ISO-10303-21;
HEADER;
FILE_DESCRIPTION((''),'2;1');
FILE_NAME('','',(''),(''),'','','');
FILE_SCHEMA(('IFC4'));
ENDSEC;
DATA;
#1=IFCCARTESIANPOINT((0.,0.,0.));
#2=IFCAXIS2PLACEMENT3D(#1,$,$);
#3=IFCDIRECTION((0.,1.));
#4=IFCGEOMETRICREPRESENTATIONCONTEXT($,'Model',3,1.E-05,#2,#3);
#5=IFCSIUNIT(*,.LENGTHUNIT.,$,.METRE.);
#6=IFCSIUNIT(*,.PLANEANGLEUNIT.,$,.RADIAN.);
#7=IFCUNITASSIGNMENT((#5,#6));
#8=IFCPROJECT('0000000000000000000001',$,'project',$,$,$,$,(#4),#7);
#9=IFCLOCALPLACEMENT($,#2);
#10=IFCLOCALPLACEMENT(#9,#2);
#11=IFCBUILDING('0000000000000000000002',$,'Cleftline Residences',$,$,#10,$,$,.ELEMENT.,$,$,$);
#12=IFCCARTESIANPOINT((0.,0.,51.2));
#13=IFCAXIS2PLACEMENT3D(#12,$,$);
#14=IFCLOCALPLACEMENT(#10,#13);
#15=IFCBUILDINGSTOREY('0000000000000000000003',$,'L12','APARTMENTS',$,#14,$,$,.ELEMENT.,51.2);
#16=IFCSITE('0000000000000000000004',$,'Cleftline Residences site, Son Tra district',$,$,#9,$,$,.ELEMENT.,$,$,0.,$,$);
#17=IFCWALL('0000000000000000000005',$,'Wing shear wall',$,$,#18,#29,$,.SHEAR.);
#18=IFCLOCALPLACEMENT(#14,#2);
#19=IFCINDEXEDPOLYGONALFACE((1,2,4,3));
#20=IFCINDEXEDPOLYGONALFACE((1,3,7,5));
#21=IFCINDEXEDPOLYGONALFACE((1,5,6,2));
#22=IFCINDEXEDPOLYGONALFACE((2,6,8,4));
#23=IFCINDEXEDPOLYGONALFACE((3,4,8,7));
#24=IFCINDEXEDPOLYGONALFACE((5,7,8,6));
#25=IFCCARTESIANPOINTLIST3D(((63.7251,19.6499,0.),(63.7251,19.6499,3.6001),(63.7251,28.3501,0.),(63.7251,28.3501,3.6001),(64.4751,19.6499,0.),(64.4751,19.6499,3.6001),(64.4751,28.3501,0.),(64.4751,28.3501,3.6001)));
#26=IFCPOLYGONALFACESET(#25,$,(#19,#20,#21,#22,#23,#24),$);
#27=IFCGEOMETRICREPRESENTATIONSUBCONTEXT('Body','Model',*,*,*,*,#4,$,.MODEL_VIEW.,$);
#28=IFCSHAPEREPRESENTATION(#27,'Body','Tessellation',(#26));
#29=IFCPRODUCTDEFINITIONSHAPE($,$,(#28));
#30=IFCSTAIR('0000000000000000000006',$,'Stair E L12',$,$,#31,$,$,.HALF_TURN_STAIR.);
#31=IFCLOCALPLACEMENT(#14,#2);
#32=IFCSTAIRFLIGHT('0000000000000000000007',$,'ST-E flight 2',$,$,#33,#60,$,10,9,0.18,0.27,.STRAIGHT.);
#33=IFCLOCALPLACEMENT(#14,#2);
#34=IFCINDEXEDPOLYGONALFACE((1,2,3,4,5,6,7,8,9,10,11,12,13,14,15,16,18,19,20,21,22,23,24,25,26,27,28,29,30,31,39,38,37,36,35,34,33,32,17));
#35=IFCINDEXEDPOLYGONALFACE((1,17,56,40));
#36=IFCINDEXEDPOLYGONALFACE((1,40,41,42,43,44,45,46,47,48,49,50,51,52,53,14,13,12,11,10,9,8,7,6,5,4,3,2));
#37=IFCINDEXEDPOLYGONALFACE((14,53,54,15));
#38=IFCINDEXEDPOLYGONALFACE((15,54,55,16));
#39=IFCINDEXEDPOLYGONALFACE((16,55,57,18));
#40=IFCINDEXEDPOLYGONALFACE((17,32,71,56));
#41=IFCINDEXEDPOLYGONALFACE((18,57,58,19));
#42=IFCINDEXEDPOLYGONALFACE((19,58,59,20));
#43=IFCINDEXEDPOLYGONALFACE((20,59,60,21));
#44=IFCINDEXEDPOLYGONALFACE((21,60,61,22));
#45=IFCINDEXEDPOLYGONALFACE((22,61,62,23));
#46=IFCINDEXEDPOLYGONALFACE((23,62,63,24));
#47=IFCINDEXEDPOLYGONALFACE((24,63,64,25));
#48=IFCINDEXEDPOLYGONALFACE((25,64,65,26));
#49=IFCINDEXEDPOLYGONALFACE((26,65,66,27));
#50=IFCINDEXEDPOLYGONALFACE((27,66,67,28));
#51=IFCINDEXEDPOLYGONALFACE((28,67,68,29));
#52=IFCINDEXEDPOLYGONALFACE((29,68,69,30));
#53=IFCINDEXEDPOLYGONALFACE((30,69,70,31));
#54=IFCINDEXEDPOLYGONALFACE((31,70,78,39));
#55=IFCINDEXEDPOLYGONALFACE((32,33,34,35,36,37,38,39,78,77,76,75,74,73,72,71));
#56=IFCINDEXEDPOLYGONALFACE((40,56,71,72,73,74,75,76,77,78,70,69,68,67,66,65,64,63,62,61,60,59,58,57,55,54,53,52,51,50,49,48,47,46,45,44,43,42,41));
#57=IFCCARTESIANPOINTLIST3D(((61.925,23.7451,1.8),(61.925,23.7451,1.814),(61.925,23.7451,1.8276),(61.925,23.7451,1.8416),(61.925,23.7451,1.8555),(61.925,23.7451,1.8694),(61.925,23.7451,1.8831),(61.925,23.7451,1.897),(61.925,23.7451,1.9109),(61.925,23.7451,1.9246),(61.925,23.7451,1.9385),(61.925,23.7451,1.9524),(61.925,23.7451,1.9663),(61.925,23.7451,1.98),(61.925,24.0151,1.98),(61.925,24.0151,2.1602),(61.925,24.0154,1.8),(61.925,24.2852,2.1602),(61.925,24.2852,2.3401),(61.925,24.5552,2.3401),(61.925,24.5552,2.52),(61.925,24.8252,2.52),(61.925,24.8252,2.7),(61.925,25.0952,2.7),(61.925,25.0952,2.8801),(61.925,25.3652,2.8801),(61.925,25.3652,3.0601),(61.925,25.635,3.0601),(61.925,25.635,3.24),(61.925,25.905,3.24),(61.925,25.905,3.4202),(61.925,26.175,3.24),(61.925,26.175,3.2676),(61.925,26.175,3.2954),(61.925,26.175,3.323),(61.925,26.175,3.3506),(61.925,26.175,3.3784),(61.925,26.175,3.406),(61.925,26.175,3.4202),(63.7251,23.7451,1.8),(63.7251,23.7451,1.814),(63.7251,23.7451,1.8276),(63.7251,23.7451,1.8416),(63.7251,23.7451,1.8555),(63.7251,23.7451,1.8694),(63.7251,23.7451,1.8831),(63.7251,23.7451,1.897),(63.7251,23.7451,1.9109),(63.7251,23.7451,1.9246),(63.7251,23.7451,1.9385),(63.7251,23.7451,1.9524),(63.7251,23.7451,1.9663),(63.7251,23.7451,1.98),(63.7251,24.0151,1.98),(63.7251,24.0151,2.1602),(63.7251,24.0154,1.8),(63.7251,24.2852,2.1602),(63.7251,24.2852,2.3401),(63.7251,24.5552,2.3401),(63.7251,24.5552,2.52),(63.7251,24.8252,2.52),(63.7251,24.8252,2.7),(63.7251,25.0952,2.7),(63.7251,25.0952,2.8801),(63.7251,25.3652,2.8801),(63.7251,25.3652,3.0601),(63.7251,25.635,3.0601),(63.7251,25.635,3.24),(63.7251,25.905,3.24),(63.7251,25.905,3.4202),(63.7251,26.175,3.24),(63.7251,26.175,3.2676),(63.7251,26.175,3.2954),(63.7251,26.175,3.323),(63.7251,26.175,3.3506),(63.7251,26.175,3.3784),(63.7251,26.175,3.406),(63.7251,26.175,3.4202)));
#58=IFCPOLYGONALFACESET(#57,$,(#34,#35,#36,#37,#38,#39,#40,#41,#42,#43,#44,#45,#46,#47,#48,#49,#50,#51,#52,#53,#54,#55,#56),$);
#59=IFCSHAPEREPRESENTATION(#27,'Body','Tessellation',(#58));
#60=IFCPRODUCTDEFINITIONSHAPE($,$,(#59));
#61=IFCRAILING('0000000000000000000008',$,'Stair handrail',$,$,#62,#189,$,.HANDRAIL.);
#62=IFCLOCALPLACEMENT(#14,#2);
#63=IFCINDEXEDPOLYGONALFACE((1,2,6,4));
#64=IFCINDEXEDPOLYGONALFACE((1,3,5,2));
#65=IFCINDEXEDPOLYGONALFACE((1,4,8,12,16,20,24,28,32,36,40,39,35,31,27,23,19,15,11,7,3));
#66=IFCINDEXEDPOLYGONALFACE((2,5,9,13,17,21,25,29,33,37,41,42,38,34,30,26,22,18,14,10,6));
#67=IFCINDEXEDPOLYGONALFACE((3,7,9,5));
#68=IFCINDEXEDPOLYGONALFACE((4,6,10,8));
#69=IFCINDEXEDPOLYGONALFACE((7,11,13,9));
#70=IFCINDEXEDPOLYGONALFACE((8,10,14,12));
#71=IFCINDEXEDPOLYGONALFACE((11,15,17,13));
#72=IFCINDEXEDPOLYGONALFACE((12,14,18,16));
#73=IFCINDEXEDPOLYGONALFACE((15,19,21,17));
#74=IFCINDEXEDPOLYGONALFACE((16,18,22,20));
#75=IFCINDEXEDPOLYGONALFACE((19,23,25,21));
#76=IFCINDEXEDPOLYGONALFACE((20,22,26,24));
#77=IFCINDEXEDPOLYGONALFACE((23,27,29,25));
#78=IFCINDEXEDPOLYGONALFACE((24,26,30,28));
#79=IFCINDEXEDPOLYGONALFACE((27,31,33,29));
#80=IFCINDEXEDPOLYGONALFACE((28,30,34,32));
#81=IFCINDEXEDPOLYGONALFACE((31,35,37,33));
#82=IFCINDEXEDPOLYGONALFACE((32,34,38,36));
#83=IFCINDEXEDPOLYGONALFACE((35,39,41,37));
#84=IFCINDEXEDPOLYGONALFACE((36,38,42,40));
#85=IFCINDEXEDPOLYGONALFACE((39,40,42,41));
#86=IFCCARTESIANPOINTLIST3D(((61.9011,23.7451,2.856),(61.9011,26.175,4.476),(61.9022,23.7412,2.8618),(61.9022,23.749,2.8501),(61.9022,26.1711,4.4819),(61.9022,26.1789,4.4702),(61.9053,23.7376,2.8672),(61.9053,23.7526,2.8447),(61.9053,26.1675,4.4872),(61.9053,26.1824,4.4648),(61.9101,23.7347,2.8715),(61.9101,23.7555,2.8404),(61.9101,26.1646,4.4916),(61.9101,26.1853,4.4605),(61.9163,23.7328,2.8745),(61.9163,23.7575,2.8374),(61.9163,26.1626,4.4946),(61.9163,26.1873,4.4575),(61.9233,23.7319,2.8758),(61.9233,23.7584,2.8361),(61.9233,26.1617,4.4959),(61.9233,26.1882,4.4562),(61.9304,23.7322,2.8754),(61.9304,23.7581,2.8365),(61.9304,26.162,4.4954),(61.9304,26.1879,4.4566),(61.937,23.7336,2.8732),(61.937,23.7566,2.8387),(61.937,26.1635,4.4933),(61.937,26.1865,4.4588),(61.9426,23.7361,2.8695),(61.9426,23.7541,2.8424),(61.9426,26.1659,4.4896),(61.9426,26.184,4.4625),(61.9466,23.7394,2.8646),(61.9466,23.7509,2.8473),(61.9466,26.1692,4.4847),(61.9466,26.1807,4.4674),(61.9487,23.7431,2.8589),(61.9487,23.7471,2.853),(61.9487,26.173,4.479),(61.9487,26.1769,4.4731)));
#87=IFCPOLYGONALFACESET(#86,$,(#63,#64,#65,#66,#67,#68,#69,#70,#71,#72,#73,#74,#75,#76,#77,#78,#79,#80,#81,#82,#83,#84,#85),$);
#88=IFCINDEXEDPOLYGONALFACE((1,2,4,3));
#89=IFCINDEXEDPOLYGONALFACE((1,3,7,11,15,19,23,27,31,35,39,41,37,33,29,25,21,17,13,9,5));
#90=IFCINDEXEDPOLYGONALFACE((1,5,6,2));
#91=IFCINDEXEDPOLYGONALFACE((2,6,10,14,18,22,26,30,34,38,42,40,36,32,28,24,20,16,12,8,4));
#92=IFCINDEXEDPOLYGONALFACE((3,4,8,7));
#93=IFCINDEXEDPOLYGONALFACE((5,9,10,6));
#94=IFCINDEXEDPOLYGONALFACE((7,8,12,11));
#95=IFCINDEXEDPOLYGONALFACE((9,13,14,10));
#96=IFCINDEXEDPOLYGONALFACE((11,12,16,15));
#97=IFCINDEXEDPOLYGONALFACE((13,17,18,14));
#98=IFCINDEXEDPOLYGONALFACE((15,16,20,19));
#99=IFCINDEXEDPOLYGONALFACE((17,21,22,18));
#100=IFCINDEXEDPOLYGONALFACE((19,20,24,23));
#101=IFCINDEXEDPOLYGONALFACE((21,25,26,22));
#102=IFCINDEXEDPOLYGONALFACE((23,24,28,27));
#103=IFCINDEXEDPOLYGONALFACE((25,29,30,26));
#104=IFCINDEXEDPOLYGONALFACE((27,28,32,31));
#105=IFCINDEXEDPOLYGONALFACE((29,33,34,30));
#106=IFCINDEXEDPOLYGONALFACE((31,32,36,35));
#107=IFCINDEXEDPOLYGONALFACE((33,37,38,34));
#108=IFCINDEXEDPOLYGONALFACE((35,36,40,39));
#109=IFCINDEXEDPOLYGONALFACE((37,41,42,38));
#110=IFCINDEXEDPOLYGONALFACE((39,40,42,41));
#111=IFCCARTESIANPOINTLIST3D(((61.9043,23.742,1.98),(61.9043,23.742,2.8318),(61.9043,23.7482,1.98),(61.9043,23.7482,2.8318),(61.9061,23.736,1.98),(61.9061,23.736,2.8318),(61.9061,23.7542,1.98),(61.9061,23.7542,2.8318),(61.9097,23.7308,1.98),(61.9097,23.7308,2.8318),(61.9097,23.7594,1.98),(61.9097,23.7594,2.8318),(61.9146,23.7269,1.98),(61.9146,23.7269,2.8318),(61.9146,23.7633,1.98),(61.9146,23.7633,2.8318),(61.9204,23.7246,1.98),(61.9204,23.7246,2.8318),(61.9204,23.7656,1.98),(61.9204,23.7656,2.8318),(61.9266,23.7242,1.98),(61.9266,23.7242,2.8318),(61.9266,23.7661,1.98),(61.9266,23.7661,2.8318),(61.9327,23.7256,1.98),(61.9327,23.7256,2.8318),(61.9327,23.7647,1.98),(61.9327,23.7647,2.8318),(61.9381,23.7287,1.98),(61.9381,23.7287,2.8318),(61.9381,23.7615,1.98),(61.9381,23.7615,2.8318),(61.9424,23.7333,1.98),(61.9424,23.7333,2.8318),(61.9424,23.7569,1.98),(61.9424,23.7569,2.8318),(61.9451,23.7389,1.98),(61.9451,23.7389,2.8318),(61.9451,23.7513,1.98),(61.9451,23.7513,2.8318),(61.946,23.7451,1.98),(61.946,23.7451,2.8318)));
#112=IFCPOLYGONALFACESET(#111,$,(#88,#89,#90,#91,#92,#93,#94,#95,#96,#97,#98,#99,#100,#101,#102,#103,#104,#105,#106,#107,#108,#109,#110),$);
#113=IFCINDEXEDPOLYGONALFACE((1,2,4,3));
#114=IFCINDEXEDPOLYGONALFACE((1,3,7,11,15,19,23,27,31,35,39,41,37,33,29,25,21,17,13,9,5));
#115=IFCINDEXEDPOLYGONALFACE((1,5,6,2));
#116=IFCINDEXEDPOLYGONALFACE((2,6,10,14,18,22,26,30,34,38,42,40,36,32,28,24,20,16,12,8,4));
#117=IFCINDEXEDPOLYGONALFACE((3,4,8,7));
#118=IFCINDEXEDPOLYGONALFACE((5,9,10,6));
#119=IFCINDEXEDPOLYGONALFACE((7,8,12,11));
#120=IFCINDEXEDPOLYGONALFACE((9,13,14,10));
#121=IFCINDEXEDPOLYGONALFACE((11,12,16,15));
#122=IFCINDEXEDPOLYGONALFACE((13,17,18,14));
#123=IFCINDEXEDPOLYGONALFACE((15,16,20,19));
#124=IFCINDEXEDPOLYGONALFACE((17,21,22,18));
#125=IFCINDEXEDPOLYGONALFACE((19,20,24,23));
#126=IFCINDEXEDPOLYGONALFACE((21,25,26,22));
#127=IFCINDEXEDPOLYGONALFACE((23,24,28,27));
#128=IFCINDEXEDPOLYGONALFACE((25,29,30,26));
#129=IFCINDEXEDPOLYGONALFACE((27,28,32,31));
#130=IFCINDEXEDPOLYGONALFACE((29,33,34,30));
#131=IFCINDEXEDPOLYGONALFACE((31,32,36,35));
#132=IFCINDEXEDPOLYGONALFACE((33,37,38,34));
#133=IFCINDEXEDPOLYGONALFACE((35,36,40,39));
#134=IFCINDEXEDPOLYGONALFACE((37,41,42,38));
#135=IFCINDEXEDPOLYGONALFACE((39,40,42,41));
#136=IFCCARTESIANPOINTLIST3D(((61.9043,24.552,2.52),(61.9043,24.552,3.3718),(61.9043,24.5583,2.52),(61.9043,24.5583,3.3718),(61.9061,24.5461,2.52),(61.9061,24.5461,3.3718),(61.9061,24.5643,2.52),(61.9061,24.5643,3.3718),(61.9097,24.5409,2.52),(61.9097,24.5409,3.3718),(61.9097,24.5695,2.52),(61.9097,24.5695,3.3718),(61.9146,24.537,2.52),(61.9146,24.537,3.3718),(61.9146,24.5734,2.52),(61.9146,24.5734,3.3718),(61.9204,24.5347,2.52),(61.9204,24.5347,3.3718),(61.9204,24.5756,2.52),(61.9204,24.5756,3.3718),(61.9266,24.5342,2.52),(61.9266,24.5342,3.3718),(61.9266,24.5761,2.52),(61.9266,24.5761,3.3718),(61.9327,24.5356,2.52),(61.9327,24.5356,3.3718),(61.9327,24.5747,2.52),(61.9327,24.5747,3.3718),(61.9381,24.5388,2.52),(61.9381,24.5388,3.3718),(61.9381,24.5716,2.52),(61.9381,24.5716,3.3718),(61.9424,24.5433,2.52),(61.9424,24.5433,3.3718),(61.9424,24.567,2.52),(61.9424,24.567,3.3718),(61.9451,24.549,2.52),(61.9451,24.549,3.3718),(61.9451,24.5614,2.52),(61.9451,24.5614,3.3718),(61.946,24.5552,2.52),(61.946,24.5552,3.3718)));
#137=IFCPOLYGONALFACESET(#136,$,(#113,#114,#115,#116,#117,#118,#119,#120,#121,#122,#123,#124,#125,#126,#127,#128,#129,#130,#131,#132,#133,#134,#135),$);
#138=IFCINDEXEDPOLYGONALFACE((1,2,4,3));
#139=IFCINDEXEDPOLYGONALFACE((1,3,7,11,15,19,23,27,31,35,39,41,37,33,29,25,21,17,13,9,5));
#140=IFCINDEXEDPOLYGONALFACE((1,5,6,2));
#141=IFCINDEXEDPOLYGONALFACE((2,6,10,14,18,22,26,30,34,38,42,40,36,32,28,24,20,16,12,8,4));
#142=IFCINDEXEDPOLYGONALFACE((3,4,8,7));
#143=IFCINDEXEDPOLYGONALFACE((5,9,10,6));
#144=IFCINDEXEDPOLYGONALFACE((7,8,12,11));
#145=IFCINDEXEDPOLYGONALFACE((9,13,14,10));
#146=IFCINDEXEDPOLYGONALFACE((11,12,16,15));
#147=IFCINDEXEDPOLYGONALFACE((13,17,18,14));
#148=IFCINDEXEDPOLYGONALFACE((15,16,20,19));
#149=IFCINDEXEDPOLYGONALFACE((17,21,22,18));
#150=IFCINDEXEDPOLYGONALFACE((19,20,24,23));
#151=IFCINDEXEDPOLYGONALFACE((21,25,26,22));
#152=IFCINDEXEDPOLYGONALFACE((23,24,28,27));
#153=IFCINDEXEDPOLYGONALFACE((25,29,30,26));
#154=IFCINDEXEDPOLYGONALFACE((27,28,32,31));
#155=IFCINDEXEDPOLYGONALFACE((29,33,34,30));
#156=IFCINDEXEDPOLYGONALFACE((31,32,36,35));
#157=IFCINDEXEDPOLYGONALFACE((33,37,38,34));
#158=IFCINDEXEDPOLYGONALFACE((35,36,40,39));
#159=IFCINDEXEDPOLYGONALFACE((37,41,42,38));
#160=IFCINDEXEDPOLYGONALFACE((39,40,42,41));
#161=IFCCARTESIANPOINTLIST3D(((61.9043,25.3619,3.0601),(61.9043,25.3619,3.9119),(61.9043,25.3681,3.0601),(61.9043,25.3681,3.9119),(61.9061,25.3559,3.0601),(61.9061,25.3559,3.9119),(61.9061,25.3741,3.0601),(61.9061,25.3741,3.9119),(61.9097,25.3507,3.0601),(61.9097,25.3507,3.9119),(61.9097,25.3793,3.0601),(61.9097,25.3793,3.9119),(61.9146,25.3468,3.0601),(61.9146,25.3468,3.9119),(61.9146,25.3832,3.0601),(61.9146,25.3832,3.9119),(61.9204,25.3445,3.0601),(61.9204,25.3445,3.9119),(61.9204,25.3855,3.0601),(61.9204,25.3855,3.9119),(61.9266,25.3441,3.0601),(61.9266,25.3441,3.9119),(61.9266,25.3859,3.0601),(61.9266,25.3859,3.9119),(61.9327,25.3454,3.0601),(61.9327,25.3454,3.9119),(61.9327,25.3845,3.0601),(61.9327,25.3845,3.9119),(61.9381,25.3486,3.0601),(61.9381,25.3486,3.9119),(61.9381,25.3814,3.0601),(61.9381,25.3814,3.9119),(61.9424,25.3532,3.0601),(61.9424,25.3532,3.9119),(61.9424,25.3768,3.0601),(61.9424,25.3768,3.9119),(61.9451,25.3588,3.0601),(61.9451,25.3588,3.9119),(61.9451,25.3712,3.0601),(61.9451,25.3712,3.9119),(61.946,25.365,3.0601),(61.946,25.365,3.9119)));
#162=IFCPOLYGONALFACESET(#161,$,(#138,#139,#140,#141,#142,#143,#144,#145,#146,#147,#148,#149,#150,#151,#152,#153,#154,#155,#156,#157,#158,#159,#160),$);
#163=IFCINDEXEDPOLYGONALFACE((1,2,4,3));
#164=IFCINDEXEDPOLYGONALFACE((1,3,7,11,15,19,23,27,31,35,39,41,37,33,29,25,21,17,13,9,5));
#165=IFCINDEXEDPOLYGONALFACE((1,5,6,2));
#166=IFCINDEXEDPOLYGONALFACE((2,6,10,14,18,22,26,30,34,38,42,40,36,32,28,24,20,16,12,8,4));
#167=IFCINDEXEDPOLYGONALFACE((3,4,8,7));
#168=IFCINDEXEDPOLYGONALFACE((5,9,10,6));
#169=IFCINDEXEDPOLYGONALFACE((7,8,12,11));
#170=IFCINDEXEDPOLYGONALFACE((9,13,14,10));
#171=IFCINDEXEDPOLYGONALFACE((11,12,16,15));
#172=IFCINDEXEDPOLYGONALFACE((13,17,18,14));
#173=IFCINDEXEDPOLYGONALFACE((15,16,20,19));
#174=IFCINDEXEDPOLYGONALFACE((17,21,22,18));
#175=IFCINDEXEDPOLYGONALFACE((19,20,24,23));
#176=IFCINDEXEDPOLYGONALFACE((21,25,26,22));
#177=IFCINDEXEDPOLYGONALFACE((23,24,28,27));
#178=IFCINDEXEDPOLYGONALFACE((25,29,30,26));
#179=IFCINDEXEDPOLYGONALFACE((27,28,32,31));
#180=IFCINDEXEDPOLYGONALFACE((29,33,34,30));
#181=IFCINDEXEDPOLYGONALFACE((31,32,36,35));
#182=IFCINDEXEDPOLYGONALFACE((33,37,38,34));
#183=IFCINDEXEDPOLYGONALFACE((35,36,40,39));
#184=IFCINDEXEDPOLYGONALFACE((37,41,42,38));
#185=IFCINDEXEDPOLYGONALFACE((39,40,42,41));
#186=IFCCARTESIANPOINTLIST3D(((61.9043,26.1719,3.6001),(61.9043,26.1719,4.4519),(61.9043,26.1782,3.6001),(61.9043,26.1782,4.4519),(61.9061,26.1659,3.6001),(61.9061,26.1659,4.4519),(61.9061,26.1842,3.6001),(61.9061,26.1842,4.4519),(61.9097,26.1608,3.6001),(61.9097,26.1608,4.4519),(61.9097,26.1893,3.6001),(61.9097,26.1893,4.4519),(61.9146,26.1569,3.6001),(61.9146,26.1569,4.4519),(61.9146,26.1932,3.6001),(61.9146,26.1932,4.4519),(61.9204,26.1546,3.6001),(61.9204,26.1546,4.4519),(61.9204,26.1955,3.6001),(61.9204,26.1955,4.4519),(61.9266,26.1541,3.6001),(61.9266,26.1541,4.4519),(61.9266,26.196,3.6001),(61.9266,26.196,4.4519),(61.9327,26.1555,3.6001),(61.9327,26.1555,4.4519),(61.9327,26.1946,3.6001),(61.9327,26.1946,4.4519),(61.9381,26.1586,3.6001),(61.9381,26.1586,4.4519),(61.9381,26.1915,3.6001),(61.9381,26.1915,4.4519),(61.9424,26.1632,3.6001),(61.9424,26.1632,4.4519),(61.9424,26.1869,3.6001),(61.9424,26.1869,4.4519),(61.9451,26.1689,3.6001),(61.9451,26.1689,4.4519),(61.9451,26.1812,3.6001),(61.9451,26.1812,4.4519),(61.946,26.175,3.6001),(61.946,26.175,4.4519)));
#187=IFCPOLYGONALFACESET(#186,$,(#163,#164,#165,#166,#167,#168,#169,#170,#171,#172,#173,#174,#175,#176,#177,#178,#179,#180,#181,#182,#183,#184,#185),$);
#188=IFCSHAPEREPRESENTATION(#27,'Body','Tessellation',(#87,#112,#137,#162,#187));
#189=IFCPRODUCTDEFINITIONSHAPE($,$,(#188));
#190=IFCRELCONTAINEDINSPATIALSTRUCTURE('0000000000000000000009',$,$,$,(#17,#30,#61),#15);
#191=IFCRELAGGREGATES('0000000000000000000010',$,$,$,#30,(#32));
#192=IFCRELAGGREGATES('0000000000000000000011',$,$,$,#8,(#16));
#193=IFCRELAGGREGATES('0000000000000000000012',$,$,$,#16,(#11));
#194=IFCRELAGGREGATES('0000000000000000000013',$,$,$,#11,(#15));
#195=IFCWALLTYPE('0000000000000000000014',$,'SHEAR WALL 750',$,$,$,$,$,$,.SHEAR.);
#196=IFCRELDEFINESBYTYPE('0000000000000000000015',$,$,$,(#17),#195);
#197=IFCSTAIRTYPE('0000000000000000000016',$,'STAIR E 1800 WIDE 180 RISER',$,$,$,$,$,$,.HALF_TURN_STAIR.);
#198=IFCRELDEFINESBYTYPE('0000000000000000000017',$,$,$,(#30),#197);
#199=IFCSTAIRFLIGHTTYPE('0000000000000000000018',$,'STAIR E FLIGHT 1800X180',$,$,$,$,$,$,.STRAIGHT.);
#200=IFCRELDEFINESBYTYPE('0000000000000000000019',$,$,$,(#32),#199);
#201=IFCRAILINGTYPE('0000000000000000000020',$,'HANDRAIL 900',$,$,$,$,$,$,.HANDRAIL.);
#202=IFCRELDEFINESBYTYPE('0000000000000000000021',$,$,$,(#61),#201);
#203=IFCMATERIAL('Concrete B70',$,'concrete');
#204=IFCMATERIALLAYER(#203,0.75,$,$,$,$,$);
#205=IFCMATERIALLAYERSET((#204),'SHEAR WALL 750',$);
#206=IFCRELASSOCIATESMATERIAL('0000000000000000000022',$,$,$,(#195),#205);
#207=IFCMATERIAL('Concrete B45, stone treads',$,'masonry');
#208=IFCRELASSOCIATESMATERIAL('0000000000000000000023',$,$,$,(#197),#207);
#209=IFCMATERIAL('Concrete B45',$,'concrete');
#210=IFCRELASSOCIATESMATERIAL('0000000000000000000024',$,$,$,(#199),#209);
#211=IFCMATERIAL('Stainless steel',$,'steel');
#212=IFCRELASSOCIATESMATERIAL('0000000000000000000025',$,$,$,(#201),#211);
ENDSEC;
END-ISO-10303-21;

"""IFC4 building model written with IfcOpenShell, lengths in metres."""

from ifc_helpers import new_model, si_unit, direction, frame, frame_2d, origin, origin_2d, place, context, subcontext, project, spatial, polyline, rectangle, circle, outline, extrude, material, layer, layer_set, type_object, element, aggregate, save


model = new_model("IFC4")

# Units and contexts
model_context = context("Model", 3, precision=1e-05, world=origin(), true_north=direction((0.0, 1.0)))
body_context = subcontext(model_context, "Body", "Model", "MODEL_VIEW")
ifc_project = project(units=[si_unit("LENGTHUNIT", "METRE"), si_unit("PLANEANGLEUNIT", "RADIAN")], contexts=[model_context])

# Site, building, storey
site_placement = place(None, origin())
site = spatial("IfcSite", under=ifc_project, at=site_placement, Name="Cleftline Residences site, Son Tra district", CompositionType="ELEMENT", RefElevation=0.0)
building_placement = place(site_placement, origin())
building = spatial("IfcBuilding", under=site, at=building_placement, Name="Cleftline Residences", CompositionType="ELEMENT")
storey_placement = place(building_placement, frame((0.0, 0.0, 51.2)))
storey = spatial("IfcBuildingStorey", under=building, at=storey_placement, Name="L12", Description="APARTMENTS", CompositionType="ELEMENT", Elevation=51.2)

# Wall
ifc_material_1 = material(Name="Concrete B70", Category="concrete")
ifc_layer_1 = layer(ifc_material_1, 0.75)
ifc_layer_set_1 = layer_set([ifc_layer_1], Name="SHEAR WALL 750")
wall_type_1 = type_object("IfcWallType", Name="SHEAR WALL 750", PredefinedType="SHEAR", material=ifc_layer_set_1)
wall_1_placement = place(storey_placement, frame((64.1001, 19.6499, 0.0), z_axis=(0.0, 0.0, 1.0), x_axis=(0.0, 1.0, 0.0)))
element("IfcWall", 1, at=wall_1_placement, inside=storey, type_object=wall_type_1, Name="Wing shear wall", PredefinedType="SHEAR", context=body_context, shape_type="SweptSolid", body=[
    extrude(rectangle(XDim=8.7002, YDim=0.75, at=frame_2d((4.3501, 0.0))), origin(), (0.0, 0.0, 1.0), 3.6001),
])

# Stair, stair flight
ifc_material_2 = material(Name="Concrete B45, stone treads", Category="masonry")
stair_type = type_object("IfcStairType", Name="STAIR E 1800 WIDE 180 RISER", PredefinedType="HALF_TURN_STAIR", material=ifc_material_2)
stair_placement = place(storey_placement, origin())
stair = element("IfcStair", 2, at=stair_placement, inside=storey, type_object=stair_type, Name="Stair E L12", PredefinedType="HALF_TURN_STAIR")
ifc_material_3 = material(Name="Concrete B45", Category="concrete")
stair_flight_type = type_object("IfcStairFlightType", Name="STAIR E FLIGHT 1800X180", PredefinedType="STRAIGHT", material=ifc_material_3)
stair_flight_placement = place(storey_placement, frame((62.825, 23.7451, 1.8), z_axis=(0.0, 0.0, 1.0), x_axis=(0.0, 1.0, 0.0)))
stair_flight = element("IfcStairFlight", 3, at=stair_flight_placement, type_object=stair_flight_type, Name="ST-E flight 2", NumberOfRisers=10, NumberOfTreads=9, PredefinedType="STRAIGHT", RiserHeight=0.18, TreadLength=0.27, context=body_context, shape_type="SweptSolid", body=[
    extrude(outline(polyline([(0.0, 0.0), (0.0, 0.0139), (0.0, 0.0276), (0.0, 0.0415), (0.0, 0.0554), (0.0, 0.0693), (0.0, 0.083), (0.0, 0.0969), (0.0, 0.1108), (0.0, 0.1245), (0.0, 0.1384), (0.0, 0.1523), (0.0, 0.1663), (0.0, 0.1799), (0.27, 0.1799), (0.27, 0.3601), (0.54, 0.3601), (0.54, 0.54), (0.8101, 0.54), (0.8101, 0.72), (1.0801, 0.72), (1.0801, 0.8999), (1.3501, 0.8999), (1.3501, 1.0801), (1.6201, 1.0801), (1.6201, 1.26), (1.8899, 1.26), (1.8899, 1.4399), (2.1599, 1.4399), (2.1599, 1.6201), (2.4299, 1.6201), (2.4299, 1.8), (2.4299, 1.7722), (2.4299, 1.7446), (2.4299, 1.7168), (2.4299, 1.6892), (2.4299, 1.6614), (2.4299, 1.6338), (2.4299, 1.606), (2.4299, 1.5784), (2.4299, 1.5505), (2.4299, 1.5229), (2.4299, 1.4954), (2.4299, 1.4675), (2.4299, 1.4399), (0.2703, 0.0), (0.0, 0.0)])), frame((0.0, 0.8999, 0.0), z_axis=(0.0, -1.0, 0.0), x_axis=(1.0, 0.0, 0.0)), (0.0, 0.0, 1.0), 1.8),
])
aggregate(stair, [stair_flight])

# Railing
ifc_material_4 = material(Name="Stainless steel", Category="steel")
railing_type = type_object("IfcRailingType", Name="HANDRAIL 900", PredefinedType="HANDRAIL", material=ifc_material_4)
railing_placement = place(storey_placement, frame((61.925, 23.7451, 1.98)))
element("IfcRailing", 4, at=railing_placement, inside=storey, type_object=railing_type, Name="Stair handrail", PredefinedType="HANDRAIL", context=body_context, shape_type="SweptSolid", body=[
    extrude(circle(Radius=0.0239, at=origin_2d()), frame((0.0, 0.0, 0.876), z_axis=(0.0, 0.832025, 0.554739), x_axis=(-1.0, 0.0, 0.0)), (0.0, 0.0, 1.0), 2.9204),
    extrude(circle(Radius=0.021, at=origin_2d()), origin(), (0.0, 0.0, 1.0), 0.8518),
    extrude(circle(Radius=0.021, at=origin_2d()), frame((0.0, 0.8101, 0.54)), (0.0, 0.0, 1.0), 0.8518),
    extrude(circle(Radius=0.021, at=origin_2d()), frame((0.0, 1.6199, 1.0801)), (0.0, 0.0, 1.0), 0.8518),
    extrude(circle(Radius=0.021, at=origin_2d()), frame((0.0, 2.4299, 1.6201)), (0.0, 0.0, 1.0), 0.8518),
])

save(model, "model.ifc")
